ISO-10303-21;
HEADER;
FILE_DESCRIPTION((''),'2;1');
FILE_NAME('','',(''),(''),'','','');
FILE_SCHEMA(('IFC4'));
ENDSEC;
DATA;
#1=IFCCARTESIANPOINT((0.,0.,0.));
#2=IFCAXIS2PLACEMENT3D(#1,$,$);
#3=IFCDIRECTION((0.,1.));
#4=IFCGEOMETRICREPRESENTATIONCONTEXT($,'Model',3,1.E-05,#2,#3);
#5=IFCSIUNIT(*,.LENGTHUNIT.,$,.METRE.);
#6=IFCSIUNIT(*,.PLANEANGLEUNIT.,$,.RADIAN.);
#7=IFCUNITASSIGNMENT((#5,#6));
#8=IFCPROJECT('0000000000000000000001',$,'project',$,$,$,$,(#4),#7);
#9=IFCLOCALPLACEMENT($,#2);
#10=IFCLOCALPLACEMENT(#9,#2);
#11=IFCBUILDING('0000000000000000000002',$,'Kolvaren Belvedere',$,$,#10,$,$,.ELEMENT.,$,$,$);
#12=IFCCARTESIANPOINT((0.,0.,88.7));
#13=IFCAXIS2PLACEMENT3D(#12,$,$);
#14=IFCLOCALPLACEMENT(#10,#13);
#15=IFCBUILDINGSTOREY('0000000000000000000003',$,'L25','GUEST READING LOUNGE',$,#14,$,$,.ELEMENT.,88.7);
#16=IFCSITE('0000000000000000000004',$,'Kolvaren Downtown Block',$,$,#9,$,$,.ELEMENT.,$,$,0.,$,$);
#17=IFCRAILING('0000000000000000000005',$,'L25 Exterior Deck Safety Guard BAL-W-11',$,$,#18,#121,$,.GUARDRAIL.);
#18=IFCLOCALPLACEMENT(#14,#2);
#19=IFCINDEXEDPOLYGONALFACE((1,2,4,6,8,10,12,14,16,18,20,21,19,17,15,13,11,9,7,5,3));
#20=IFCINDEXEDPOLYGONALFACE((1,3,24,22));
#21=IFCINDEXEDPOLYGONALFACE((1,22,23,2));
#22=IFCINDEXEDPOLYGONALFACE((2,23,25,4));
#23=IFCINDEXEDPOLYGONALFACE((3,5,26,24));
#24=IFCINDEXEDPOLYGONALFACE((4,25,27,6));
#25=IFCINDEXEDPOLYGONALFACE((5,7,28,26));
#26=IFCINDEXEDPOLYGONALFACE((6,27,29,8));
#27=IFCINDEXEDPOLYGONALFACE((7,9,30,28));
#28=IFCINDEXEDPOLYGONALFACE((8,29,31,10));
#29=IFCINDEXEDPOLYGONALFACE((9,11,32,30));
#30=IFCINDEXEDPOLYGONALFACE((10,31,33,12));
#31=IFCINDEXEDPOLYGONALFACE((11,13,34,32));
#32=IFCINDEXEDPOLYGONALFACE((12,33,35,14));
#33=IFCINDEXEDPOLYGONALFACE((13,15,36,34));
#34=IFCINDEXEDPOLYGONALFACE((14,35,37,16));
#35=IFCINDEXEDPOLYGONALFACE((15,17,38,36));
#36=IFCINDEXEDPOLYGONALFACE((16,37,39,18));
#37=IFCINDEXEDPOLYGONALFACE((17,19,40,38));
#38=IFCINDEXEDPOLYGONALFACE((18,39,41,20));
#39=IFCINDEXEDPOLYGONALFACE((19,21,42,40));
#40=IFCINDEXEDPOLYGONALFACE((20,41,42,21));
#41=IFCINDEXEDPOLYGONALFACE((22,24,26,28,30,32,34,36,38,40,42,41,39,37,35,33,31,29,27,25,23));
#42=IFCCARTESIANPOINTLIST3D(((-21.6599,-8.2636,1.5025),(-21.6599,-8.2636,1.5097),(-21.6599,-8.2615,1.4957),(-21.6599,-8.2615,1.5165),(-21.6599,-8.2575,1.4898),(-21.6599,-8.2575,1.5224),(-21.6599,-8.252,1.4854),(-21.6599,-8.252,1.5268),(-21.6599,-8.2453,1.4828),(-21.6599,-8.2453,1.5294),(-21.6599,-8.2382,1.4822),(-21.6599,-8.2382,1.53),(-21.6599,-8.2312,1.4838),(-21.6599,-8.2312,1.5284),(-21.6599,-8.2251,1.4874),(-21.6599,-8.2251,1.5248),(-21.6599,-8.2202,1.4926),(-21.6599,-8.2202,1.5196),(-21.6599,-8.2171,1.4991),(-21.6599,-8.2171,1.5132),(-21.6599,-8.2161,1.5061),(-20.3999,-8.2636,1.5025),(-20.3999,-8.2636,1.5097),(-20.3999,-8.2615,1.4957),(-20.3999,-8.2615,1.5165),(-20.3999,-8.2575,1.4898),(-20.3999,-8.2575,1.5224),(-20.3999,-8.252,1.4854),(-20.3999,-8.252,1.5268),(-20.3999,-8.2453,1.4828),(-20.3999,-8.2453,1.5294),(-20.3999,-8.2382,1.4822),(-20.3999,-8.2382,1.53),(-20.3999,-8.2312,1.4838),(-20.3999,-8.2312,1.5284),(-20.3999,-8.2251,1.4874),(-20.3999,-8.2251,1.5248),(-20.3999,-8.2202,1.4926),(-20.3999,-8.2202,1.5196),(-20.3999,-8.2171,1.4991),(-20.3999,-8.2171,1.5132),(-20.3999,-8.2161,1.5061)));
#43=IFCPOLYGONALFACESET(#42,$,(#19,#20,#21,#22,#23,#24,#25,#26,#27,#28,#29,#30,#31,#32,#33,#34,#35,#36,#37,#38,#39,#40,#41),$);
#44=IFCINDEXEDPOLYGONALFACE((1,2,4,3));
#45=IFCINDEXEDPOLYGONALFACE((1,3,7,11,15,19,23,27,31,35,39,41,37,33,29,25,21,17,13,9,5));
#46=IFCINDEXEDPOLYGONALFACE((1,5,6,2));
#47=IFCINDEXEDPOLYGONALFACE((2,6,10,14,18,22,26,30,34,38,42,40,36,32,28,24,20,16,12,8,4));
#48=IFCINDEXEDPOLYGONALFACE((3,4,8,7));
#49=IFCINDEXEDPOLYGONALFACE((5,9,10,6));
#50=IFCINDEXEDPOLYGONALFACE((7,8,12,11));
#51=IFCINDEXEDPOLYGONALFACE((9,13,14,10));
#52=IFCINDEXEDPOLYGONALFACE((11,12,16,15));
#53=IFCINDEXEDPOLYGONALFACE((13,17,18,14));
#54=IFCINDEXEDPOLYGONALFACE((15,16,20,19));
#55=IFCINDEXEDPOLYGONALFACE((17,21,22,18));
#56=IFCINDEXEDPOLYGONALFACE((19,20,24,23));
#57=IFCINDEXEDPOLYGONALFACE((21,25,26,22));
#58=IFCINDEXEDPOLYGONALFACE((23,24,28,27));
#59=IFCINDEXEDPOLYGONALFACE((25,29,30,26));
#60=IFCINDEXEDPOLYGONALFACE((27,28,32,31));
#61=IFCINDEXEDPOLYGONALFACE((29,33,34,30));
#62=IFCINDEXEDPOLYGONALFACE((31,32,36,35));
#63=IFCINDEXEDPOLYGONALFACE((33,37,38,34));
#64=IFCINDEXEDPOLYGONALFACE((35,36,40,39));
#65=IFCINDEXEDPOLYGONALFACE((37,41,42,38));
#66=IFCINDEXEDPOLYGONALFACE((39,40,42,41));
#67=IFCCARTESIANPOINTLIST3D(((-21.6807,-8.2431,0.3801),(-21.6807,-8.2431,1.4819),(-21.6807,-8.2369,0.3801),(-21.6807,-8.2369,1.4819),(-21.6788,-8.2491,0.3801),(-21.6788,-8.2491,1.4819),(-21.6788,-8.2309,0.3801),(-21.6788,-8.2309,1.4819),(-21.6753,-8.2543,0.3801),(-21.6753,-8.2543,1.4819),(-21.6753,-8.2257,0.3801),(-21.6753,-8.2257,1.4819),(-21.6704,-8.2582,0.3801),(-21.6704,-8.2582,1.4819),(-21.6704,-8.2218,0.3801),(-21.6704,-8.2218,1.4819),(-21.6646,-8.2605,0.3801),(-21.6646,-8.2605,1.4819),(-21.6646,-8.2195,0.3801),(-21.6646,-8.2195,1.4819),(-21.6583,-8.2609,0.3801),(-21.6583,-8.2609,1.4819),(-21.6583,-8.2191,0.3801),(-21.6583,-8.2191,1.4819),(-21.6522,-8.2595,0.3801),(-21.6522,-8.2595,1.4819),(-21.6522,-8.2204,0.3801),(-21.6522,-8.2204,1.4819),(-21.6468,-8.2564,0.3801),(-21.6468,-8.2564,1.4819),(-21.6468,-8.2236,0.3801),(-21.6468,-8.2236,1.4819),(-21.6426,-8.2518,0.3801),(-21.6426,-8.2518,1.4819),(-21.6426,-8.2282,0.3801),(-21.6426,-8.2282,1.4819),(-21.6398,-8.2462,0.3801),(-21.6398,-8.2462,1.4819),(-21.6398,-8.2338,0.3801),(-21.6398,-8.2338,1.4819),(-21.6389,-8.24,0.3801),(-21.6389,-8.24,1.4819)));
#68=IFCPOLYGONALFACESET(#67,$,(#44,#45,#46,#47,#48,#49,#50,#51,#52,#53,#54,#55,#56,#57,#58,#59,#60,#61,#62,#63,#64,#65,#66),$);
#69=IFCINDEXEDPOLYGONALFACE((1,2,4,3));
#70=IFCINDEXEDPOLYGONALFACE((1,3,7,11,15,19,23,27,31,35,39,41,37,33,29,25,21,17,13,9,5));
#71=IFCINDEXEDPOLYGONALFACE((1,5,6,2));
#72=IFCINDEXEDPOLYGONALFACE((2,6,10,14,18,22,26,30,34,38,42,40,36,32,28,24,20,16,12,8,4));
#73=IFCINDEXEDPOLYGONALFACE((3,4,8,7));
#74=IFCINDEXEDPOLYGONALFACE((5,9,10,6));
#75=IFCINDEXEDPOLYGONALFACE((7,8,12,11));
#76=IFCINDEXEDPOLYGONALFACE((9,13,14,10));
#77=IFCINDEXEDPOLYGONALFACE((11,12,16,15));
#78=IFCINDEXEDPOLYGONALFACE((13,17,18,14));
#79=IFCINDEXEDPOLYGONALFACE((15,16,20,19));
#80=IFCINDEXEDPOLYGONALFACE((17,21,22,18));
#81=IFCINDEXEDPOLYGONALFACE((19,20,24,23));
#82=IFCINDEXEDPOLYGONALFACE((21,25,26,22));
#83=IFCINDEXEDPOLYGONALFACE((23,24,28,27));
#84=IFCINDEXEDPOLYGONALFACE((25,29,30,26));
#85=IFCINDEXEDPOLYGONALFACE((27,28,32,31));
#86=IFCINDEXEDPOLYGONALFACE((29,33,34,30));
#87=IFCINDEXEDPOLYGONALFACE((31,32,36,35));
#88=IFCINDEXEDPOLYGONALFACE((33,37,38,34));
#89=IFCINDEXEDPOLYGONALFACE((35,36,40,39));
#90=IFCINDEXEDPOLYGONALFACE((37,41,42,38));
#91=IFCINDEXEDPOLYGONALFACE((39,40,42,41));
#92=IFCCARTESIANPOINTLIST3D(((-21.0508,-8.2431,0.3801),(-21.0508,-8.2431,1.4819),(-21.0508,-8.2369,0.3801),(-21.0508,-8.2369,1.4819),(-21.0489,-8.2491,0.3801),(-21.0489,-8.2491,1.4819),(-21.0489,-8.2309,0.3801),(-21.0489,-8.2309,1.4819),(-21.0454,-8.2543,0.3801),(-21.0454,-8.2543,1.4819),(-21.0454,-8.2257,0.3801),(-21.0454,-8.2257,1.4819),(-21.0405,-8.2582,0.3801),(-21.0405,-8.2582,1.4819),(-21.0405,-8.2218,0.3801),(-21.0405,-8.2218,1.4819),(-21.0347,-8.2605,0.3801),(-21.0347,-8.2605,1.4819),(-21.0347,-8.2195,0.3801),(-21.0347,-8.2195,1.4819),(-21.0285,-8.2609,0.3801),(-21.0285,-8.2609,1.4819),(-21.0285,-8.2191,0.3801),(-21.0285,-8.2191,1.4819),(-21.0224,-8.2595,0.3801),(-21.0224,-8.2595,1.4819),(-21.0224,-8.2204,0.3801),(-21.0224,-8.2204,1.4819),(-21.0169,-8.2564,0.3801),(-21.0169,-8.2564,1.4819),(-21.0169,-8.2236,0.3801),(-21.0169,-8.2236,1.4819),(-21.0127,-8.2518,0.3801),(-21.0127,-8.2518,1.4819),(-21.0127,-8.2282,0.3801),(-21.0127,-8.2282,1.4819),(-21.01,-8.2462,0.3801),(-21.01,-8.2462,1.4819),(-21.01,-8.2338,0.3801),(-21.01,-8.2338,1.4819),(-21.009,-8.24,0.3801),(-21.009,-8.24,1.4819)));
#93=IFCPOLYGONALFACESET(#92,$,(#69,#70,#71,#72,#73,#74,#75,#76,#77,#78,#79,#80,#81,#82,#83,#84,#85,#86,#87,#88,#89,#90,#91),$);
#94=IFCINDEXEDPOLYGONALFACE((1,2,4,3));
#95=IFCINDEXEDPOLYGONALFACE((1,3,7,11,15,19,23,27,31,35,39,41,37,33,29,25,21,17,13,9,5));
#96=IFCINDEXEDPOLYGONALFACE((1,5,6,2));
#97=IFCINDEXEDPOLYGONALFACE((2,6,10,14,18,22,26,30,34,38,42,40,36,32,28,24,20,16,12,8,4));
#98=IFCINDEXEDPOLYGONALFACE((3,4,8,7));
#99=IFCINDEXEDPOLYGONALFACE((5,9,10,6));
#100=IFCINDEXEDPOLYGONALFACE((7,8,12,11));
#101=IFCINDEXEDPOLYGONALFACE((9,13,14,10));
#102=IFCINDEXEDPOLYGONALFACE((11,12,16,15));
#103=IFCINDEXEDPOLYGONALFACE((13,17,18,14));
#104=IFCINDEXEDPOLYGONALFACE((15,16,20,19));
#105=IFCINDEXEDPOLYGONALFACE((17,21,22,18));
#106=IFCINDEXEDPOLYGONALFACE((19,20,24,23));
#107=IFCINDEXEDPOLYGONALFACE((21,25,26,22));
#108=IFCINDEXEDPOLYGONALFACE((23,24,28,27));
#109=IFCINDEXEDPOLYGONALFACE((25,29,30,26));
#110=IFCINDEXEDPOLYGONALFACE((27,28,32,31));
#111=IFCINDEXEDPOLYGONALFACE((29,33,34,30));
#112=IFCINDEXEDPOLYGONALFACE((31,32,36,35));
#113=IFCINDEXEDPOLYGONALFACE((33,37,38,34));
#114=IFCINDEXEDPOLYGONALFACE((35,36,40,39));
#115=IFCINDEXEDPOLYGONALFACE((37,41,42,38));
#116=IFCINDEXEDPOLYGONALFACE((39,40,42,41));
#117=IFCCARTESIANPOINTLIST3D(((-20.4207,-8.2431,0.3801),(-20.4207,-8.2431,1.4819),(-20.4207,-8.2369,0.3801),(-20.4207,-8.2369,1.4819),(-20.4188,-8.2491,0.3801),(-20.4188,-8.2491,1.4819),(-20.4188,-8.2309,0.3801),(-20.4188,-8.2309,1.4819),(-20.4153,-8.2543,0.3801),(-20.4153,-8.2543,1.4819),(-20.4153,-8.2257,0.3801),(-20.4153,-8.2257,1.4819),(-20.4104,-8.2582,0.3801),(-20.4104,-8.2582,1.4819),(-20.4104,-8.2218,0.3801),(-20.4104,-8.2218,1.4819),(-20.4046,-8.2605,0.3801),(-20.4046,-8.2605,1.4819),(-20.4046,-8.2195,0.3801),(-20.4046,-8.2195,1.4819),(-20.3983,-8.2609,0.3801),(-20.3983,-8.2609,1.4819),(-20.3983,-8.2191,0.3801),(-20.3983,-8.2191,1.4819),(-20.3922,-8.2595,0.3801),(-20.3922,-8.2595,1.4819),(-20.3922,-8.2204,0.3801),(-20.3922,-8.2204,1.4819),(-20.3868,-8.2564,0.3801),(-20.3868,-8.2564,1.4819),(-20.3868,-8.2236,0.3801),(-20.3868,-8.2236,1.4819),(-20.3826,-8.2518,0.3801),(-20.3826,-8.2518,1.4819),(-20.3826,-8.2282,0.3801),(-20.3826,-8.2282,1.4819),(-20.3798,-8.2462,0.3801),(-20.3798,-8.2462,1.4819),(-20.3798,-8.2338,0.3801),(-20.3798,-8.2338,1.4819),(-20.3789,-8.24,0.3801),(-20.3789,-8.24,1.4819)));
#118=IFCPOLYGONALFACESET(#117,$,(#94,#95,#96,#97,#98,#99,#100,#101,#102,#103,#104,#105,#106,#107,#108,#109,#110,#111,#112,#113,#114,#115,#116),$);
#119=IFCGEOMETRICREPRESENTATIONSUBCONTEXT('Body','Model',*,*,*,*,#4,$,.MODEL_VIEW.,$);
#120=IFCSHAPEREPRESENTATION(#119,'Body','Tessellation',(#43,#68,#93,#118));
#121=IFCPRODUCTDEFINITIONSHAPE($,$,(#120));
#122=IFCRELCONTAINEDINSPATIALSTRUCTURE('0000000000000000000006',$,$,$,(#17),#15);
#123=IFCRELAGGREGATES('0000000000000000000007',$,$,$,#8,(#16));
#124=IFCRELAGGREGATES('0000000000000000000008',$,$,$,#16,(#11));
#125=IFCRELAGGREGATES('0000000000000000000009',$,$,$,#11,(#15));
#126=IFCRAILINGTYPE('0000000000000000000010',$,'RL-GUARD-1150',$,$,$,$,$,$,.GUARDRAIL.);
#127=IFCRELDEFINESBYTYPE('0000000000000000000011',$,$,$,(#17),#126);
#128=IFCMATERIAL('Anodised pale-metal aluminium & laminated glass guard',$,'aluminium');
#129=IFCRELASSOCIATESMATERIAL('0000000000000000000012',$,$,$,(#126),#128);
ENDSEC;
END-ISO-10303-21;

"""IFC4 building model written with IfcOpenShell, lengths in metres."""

from ifc_helpers import new_model, si_unit, direction, frame, origin, origin_2d, place, context, subcontext, project, spatial, circle, extrude, material, type_object, element, save


model = new_model("IFC4")

# Units and contexts
model_context = context("Model", 3, precision=1e-05, world=origin(), true_north=direction((0.0, 1.0)))
body_context = subcontext(model_context, "Body", "Model", "MODEL_VIEW")
ifc_project = project(units=[si_unit("LENGTHUNIT", "METRE"), si_unit("PLANEANGLEUNIT", "RADIAN")], contexts=[model_context])

# Site, building, storey
site_placement = place(None, origin())
site = spatial("IfcSite", under=ifc_project, at=site_placement, Name="Kolvaren Downtown Block", CompositionType="ELEMENT", RefElevation=0.0)
building_placement = place(site_placement, origin())
building = spatial("IfcBuilding", under=site, at=building_placement, Name="Kolvaren Belvedere", CompositionType="ELEMENT")
storey_placement = place(building_placement, frame((0.0, 0.0, 88.7)))
storey = spatial("IfcBuildingStorey", under=building, at=storey_placement, Name="L25", Description="GUEST READING LOUNGE", CompositionType="ELEMENT", Elevation=88.7)

# Railing
ifc_material_1 = material(Name="Anodised pale-metal aluminium & laminated glass guard", Category="aluminium")
railing_type = type_object("IfcRailingType", Name="RL-GUARD-1150", PredefinedType="GUARDRAIL", material=ifc_material_1)
railing_1_placement = place(storey_placement, frame((-21.6599, -8.24, 0.3801)))
element("IfcRailing", 1, at=railing_1_placement, inside=storey, type_object=railing_type, Name="L25 Exterior Deck Safety Guard BAL-W-11", PredefinedType="GUARDRAIL", context=body_context, shape_type="SweptSolid", body=[
    extrude(circle(Radius=0.0239, at=origin_2d()), frame((0.0, 0.0, 1.126), z_axis=(1.0, 0.0, 0.0), x_axis=(0.0, 1.0, 0.0)), (0.0, 0.0, 1.0), 1.26),
    extrude(circle(Radius=0.021, at=origin_2d()), origin(), (0.0, 0.0, 1.0), 1.1018),
    extrude(circle(Radius=0.021, at=origin_2d()), frame((0.6299, 0.0, 0.0)), (0.0, 0.0, 1.0), 1.1018),
    extrude(circle(Radius=0.021, at=origin_2d()), frame((1.26, 0.0, 0.0)), (0.0, 0.0, 1.0), 1.1018),
])

save(model, "model.ifc")
